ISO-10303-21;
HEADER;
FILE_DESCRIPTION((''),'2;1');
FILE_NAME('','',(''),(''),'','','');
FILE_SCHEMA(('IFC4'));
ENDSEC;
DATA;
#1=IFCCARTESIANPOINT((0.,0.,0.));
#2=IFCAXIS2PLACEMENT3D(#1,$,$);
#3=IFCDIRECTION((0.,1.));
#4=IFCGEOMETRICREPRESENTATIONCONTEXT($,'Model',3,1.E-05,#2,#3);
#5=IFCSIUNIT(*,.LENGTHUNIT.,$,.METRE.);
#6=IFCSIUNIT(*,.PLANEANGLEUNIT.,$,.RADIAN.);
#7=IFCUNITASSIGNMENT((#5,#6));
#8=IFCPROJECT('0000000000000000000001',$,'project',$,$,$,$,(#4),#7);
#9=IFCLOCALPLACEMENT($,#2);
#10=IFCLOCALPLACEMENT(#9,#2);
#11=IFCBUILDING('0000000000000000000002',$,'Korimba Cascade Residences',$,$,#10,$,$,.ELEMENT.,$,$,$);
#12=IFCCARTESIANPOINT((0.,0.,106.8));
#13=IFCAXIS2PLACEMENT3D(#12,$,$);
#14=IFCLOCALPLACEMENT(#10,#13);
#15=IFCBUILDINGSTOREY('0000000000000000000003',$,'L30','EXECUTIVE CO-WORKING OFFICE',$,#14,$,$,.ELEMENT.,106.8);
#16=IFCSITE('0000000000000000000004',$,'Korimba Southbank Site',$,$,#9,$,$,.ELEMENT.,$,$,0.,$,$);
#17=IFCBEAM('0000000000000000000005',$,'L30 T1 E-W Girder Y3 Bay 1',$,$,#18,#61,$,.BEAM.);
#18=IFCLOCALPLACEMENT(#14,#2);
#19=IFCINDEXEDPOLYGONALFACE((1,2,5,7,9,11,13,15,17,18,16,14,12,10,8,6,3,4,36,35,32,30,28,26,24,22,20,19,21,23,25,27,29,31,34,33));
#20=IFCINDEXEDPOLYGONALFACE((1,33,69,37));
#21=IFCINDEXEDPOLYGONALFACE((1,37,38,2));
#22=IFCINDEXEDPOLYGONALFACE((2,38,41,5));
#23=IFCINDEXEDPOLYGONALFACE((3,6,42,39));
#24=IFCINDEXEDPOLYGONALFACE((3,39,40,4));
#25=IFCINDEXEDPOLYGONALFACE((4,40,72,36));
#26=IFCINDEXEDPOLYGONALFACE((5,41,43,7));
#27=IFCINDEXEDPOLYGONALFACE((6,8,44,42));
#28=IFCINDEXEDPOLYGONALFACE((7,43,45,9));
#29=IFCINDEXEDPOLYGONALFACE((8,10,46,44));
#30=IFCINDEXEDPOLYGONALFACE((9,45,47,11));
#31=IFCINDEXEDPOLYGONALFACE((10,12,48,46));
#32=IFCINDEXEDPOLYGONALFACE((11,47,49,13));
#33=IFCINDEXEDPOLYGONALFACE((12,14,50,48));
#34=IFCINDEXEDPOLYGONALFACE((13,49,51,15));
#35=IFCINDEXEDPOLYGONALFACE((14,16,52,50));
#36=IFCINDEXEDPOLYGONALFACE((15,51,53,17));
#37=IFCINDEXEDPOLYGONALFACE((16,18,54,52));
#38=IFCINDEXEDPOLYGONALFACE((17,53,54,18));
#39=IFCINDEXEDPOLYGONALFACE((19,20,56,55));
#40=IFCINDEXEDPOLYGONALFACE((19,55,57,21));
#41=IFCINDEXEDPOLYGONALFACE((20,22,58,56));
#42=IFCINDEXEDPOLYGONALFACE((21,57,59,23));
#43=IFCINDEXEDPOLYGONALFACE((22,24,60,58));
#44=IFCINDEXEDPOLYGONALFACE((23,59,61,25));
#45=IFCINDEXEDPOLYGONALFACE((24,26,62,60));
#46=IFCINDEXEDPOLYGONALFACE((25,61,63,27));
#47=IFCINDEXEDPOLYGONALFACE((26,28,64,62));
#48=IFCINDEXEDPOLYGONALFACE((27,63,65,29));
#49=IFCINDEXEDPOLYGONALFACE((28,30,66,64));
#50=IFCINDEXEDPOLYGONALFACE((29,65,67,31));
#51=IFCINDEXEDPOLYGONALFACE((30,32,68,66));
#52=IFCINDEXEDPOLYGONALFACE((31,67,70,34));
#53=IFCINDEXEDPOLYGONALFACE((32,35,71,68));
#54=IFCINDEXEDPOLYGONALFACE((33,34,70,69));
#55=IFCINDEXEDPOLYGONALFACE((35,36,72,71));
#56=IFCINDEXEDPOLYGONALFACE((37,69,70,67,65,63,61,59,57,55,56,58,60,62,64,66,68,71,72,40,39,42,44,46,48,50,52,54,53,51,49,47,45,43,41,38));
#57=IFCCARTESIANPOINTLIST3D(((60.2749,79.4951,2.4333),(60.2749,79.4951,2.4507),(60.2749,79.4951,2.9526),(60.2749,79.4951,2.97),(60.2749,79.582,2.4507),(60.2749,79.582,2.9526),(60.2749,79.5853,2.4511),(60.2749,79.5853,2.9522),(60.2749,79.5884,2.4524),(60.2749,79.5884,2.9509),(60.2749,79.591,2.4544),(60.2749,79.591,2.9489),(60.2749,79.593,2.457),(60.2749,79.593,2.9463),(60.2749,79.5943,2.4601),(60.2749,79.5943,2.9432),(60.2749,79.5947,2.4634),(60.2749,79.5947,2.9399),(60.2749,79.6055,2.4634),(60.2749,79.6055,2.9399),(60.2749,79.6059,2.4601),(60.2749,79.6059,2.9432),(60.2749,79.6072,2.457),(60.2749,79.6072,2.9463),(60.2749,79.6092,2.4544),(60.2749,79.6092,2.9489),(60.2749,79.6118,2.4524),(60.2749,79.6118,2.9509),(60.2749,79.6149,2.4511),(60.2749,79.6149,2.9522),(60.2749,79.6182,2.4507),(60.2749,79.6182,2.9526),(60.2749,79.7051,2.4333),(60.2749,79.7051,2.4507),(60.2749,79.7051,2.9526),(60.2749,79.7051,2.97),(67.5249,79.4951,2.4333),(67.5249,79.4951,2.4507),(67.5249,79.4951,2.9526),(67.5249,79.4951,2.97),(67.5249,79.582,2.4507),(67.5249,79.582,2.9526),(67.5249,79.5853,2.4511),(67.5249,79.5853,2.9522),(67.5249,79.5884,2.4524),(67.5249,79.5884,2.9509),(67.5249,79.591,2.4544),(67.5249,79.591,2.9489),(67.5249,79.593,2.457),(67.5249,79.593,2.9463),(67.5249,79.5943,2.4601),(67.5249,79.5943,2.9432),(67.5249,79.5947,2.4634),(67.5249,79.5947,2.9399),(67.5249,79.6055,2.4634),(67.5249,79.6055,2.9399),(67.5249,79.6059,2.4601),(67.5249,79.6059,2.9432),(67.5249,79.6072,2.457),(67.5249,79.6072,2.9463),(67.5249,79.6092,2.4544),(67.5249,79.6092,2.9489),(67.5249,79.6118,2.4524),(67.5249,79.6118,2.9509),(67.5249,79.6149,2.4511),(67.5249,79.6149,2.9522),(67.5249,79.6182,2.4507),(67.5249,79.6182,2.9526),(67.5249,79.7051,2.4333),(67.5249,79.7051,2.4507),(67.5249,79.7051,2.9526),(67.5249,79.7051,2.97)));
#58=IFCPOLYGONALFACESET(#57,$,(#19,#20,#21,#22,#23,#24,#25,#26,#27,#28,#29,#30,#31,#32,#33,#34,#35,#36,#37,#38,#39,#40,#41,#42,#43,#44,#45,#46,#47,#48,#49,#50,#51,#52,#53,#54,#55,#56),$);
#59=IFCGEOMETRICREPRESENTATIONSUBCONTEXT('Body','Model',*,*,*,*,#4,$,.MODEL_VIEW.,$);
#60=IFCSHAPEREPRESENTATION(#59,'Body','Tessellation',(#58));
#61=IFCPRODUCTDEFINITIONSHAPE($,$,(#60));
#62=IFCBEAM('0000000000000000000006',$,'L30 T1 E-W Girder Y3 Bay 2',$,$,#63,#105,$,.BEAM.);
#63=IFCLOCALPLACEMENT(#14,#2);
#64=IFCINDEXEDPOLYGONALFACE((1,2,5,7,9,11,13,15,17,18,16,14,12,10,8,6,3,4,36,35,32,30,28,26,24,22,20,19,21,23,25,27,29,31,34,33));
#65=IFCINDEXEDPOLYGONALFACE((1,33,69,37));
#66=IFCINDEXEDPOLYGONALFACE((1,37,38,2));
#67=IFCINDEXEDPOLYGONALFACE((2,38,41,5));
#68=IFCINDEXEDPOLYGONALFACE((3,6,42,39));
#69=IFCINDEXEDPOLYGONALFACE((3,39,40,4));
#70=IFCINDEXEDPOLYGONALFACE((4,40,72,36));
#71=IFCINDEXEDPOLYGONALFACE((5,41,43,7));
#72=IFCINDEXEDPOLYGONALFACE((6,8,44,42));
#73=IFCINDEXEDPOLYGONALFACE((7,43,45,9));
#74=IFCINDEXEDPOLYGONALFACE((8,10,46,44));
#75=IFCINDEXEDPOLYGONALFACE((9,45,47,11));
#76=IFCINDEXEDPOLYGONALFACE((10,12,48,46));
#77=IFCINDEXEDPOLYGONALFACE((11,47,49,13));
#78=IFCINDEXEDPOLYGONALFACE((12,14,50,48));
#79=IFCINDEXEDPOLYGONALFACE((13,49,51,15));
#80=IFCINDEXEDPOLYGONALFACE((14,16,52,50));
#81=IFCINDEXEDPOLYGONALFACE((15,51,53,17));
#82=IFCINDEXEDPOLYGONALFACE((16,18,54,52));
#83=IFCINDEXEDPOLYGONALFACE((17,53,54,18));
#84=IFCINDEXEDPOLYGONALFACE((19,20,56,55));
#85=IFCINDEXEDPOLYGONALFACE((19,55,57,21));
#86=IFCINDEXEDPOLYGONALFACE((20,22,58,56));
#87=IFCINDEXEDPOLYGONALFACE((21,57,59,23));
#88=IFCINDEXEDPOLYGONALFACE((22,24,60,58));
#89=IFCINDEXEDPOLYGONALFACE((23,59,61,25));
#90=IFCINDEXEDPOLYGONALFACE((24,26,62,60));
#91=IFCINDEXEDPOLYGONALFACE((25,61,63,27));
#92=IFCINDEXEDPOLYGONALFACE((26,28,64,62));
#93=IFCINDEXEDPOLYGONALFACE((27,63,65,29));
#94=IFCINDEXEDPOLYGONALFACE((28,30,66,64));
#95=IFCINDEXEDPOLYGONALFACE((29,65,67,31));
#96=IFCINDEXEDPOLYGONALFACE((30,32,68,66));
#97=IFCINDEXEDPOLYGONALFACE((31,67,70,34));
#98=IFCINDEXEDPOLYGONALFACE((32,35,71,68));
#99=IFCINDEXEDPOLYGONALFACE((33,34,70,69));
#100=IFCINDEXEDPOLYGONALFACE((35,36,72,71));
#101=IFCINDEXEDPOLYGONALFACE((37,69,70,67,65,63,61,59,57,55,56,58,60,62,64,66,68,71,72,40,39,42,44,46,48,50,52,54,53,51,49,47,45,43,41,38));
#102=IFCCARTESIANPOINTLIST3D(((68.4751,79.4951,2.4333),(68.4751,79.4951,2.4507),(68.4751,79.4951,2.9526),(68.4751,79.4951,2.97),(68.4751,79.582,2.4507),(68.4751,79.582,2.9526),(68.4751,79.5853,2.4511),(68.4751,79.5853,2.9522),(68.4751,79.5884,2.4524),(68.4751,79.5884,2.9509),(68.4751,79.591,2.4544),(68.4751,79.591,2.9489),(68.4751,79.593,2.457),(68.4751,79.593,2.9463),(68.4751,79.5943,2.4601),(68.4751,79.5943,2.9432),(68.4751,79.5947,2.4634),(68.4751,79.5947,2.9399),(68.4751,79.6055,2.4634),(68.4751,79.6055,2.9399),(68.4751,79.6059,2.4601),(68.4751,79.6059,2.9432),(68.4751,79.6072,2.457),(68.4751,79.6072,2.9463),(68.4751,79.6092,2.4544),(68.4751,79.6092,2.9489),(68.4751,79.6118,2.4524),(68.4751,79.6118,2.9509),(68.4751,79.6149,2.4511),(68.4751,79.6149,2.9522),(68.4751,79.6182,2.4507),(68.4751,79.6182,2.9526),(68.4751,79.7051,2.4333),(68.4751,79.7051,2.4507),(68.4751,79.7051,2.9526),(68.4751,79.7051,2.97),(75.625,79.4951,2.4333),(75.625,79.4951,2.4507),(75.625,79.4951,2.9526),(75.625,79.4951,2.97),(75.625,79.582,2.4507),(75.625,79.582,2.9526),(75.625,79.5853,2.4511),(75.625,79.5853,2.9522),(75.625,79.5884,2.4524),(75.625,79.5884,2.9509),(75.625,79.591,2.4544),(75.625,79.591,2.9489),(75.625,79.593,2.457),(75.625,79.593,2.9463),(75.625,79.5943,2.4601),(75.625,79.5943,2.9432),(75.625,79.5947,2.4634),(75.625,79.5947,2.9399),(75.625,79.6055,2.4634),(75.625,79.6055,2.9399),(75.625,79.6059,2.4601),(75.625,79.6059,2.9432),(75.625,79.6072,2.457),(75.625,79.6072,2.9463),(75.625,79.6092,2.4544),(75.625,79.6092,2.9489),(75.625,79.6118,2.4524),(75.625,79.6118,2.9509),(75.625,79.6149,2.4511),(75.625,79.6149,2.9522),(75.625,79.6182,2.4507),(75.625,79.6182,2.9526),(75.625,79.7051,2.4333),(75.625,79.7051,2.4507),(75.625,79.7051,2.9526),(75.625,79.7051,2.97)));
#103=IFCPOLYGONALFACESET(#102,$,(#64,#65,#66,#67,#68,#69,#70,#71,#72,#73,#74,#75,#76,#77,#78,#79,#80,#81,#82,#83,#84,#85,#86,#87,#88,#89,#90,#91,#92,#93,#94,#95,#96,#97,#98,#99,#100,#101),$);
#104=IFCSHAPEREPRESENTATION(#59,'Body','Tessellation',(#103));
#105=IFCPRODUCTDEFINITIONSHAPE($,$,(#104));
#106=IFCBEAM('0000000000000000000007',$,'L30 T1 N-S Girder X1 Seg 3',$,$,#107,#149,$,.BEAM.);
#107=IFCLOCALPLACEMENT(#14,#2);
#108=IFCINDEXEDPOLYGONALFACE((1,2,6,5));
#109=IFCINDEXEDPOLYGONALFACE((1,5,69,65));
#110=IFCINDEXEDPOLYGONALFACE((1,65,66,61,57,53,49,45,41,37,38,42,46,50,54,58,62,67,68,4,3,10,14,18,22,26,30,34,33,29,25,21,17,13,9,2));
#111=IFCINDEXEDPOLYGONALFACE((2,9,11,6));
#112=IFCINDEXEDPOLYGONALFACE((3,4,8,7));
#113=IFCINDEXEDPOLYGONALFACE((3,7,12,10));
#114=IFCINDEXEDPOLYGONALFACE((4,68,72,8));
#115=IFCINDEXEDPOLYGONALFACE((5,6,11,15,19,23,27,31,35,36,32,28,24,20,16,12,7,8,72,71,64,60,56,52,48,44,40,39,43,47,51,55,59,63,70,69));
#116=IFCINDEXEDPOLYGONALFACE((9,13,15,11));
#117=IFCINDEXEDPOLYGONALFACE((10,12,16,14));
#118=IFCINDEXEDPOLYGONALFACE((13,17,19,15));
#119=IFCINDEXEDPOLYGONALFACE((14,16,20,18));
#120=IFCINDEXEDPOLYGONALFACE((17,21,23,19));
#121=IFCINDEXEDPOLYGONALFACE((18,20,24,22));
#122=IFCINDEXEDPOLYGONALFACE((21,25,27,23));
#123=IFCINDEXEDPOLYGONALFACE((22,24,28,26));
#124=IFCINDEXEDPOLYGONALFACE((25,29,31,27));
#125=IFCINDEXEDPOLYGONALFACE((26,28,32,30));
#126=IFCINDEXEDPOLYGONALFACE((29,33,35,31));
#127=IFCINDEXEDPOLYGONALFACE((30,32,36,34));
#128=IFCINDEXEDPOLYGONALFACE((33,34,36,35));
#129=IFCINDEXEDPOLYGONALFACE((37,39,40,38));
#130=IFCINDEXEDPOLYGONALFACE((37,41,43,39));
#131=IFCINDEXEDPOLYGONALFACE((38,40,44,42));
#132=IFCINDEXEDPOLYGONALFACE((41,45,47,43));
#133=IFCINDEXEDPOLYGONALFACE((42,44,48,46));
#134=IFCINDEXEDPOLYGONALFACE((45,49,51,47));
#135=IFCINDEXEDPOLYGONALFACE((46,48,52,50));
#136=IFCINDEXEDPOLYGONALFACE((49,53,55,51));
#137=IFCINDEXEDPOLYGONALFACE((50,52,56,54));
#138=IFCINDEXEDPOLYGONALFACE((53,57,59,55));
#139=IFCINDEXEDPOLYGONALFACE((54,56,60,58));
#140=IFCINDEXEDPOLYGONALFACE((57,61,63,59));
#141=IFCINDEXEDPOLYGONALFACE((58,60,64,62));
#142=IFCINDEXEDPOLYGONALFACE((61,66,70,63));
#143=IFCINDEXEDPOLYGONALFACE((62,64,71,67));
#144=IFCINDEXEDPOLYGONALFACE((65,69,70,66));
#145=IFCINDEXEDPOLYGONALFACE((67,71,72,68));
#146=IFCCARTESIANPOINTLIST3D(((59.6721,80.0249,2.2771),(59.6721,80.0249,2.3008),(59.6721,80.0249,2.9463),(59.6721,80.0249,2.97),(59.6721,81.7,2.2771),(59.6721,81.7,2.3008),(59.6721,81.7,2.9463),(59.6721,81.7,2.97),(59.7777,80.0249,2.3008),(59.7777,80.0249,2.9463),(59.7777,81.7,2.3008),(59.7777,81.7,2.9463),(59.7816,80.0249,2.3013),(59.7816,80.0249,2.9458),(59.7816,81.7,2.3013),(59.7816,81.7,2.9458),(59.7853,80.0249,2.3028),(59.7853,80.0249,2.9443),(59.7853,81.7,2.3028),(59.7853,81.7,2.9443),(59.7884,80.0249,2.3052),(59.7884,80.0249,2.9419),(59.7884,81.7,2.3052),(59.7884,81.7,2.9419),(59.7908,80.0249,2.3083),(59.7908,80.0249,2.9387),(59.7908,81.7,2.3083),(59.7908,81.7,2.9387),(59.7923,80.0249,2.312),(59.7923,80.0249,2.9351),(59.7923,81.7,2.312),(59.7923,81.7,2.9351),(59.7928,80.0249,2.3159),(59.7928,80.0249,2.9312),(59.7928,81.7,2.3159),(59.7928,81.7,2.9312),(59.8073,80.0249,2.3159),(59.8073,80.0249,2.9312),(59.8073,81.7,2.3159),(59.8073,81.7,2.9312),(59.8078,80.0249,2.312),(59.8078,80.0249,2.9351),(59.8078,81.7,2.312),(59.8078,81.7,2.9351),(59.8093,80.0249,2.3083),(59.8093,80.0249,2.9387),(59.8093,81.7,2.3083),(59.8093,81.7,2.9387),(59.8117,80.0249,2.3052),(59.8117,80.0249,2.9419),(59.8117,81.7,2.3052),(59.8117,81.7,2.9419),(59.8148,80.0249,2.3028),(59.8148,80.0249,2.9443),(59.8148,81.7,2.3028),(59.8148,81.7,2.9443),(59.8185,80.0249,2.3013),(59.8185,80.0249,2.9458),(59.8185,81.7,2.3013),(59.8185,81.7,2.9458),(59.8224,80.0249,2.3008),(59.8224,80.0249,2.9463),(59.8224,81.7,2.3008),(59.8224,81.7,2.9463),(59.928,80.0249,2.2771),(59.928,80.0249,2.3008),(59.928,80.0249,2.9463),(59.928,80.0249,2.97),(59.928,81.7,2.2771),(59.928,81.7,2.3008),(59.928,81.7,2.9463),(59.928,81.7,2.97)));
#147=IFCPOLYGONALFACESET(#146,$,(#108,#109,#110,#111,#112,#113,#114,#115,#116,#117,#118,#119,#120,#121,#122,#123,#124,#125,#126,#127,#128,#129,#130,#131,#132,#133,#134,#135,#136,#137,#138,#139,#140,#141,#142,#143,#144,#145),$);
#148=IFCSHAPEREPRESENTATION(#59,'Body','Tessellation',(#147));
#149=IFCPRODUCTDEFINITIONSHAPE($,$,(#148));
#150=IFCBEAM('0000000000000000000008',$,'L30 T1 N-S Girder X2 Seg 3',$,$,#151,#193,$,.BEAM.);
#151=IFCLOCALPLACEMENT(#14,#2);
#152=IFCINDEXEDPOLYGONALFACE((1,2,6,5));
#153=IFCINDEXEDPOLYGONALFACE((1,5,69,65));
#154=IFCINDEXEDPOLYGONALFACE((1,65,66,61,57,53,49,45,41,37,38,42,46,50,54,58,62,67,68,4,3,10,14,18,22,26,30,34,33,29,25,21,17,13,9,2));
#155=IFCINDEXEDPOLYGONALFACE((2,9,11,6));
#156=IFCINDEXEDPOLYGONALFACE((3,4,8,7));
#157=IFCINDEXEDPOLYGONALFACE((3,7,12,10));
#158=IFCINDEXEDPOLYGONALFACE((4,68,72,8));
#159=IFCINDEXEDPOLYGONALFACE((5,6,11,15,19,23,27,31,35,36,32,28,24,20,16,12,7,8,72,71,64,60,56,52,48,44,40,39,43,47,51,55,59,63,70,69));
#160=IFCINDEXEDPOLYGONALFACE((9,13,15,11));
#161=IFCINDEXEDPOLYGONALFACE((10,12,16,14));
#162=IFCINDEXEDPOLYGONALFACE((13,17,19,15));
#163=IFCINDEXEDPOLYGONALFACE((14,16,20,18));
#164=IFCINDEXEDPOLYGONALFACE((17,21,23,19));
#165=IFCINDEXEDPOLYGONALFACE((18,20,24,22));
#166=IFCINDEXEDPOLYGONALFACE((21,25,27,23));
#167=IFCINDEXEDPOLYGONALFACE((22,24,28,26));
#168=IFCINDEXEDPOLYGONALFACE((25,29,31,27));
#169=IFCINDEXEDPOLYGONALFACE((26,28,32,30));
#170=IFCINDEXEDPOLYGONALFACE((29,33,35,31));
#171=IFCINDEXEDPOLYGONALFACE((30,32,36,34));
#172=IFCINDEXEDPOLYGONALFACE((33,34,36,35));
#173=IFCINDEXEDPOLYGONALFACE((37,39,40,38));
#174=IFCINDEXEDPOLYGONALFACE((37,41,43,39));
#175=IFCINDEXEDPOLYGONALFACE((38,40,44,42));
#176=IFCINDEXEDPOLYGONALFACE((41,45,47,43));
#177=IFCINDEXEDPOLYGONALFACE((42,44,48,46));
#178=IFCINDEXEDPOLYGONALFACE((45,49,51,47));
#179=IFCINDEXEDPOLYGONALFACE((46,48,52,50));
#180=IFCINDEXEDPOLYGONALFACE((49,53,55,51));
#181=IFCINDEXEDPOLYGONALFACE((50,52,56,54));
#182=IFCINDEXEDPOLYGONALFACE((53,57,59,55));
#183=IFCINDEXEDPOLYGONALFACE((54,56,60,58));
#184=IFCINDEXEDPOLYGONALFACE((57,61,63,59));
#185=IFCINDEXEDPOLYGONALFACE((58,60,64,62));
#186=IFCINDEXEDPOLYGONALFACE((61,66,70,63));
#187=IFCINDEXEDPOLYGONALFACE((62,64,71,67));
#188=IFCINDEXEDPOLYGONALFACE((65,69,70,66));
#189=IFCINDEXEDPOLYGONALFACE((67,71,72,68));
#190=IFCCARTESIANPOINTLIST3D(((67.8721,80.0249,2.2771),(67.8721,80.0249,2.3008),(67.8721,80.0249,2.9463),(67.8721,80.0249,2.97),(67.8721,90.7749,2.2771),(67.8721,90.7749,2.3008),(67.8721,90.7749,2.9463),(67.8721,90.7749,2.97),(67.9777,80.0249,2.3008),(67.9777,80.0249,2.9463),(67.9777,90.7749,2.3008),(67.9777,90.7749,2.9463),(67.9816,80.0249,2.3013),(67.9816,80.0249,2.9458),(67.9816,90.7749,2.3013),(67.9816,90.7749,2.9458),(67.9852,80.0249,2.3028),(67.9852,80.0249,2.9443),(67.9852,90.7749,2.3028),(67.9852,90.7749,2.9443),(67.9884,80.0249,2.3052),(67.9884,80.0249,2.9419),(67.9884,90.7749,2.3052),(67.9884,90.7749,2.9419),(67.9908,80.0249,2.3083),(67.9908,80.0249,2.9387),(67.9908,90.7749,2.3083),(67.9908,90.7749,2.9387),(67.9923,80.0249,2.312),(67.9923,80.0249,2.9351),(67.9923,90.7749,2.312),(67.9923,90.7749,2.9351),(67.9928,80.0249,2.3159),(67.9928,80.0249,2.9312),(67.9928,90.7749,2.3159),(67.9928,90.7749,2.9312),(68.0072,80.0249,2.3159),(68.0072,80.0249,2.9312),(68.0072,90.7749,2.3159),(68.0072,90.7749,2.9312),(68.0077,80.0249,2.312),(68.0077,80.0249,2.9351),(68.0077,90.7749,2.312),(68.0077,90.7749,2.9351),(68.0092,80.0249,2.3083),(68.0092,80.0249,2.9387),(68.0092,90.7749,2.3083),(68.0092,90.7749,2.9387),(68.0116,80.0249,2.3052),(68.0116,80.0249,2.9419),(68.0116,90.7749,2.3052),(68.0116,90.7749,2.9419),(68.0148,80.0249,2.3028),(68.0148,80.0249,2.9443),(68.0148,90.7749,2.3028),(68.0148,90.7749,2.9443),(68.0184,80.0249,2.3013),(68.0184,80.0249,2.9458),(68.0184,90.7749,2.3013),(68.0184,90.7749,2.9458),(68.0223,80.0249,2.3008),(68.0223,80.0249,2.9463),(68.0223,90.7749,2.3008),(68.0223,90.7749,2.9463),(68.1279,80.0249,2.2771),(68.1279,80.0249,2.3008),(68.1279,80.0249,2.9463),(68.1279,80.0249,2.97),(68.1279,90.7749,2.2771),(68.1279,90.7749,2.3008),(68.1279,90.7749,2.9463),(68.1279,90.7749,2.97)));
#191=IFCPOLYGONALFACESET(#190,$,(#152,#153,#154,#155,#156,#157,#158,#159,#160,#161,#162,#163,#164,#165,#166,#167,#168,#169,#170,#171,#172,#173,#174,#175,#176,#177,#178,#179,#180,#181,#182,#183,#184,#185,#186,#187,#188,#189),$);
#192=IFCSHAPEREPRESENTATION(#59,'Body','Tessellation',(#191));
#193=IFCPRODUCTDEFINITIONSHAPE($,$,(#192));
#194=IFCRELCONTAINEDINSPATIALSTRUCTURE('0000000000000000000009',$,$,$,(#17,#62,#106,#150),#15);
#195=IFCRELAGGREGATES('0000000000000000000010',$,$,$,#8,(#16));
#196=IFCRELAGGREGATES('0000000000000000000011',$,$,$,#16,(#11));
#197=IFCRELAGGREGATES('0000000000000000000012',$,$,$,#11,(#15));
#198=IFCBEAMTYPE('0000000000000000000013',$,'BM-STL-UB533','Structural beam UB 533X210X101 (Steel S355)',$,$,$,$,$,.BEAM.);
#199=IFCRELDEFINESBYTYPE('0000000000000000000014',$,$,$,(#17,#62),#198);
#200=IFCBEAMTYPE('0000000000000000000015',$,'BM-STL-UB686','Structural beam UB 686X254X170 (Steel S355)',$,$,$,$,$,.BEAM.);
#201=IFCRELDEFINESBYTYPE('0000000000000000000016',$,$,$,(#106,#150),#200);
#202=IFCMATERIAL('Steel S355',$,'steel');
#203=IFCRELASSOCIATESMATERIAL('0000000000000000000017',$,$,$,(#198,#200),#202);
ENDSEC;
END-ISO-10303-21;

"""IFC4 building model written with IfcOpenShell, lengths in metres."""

from ifc_helpers import new_model, si_unit, direction, frame, origin, origin_2d, place, context, subcontext, project, spatial, i_section, extrude, material, material_profile, profile_set, type_object, element, save


model = new_model("IFC4")

# Units and contexts
model_context = context("Model", 3, precision=1e-05, world=origin(), true_north=direction((0.0, 1.0)))
body_context = subcontext(model_context, "Body", "Model", "MODEL_VIEW")
ifc_project = project(units=[si_unit("LENGTHUNIT", "METRE"), si_unit("PLANEANGLEUNIT", "RADIAN")], contexts=[model_context])

# Site, building, storey
site_placement = place(None, origin())
site = spatial("IfcSite", under=ifc_project, at=site_placement, Name="Korimba Southbank Site", CompositionType="ELEMENT", RefElevation=0.0)
building_placement = place(site_placement, origin())
building = spatial("IfcBuilding", under=site, at=building_placement, Name="Korimba Cascade Residences", CompositionType="ELEMENT")
storey_placement = place(building_placement, frame((0.0, 0.0, 106.8)))
storey = spatial("IfcBuildingStorey", under=building, at=storey_placement, Name="L30", Description="EXECUTIVE CO-WORKING OFFICE", CompositionType="ELEMENT", Elevation=106.8)

# Beams
ifc_material_1 = material(Name="Steel S355", Category="steel")
ifc_material_profile_1 = material_profile(ifc_material_1, i_section(OverallWidth=0.21, OverallDepth=0.5366, WebThickness=0.0107, FlangeThickness=0.0173, FilletRadius=0.0127, at=origin_2d()), Name="Steel S355")
ifc_profile_set_1 = profile_set([ifc_material_profile_1], Name="Steel S355")
beam_type_1 = type_object("IfcBeamType", Name="BM-STL-UB533", Description="Structural beam UB 533X210X101 (Steel S355)", PredefinedType="BEAM", material=ifc_profile_set_1)
beam_1_placement = place(storey_placement, frame((60.2749, 79.6001, 2.7017), z_axis=(1.0, 0.0, 0.0), x_axis=(0.0, 1.0, 0.0)))
element("IfcBeam", 1, at=beam_1_placement, inside=storey, type_object=beam_type_1, Name="L30 T1 E-W Girder Y3 Bay 1", PredefinedType="BEAM", context=body_context, shape_type="SweptSolid", body=[
    extrude(i_section(OverallWidth=0.21, OverallDepth=0.5366, WebThickness=0.0107, FlangeThickness=0.0173, FilletRadius=0.0127, at=origin_2d()), origin(), (0.0, 0.0, 1.0), 7.25),
])
beam_2_placement = place(storey_placement, frame((68.4751, 79.6001, 2.7017), z_axis=(1.0, 0.0, 0.0), x_axis=(0.0, 1.0, 0.0)))
element("IfcBeam", 2, at=beam_2_placement, inside=storey, type_object=beam_type_1, Name="L30 T1 E-W Girder Y3 Bay 2", PredefinedType="BEAM", context=body_context, shape_type="SweptSolid", body=[
    extrude(i_section(OverallWidth=0.21, OverallDepth=0.5366, WebThickness=0.0107, FlangeThickness=0.0173, FilletRadius=0.0127, at=origin_2d()), origin(), (0.0, 0.0, 1.0), 7.1499),
])
ifc_material_profile_2 = material_profile(ifc_material_1, i_section(OverallWidth=0.2559, OverallDepth=0.6929, WebThickness=0.0144, FlangeThickness=0.0237, FilletRadius=0.0151, at=origin_2d()), Name="Steel S355")
ifc_profile_set_2 = profile_set([ifc_material_profile_2], Name="Steel S355")
beam_type_2 = type_object("IfcBeamType", Name="BM-STL-UB686", Description="Structural beam UB 686X254X170 (Steel S355)", PredefinedType="BEAM", material=ifc_profile_set_2)
beam_3_placement = place(storey_placement, frame((59.8, 80.0249, 2.6235), z_axis=(0.0, 1.0, 0.0), x_axis=(-1.0, 0.0, 0.0)))
element("IfcBeam", 3, at=beam_3_placement, inside=storey, type_object=beam_type_2, Name="L30 T1 N-S Girder X1 Seg 3", PredefinedType="BEAM", context=body_context, shape_type="SweptSolid", body=[
    extrude(i_section(OverallWidth=0.2559, OverallDepth=0.6929, WebThickness=0.0144, FlangeThickness=0.0237, FilletRadius=0.0151, at=origin_2d()), origin(), (0.0, 0.0, 1.0), 1.675),
])
for number, where, z_axis, x_axis, name in (
    (4, (68.0, 80.0249, 2.6235), (0.0, 1.0, 0.0), (-1.0, 0.0, 0.0), "L30 T1 N-S Girder X2 Seg 3"),
):
    element("IfcBeam", number, at=place(storey_placement, frame(where, z_axis=z_axis, x_axis=x_axis)), inside=storey, type_object=beam_type_2, Name=name, PredefinedType="BEAM", context=body_context, shape_type="SweptSolid", body=[
        extrude(i_section(OverallWidth=0.2559, OverallDepth=0.6929, WebThickness=0.0144, FlangeThickness=0.0237, FilletRadius=0.0151, at=origin_2d()), origin(), (0.0, 0.0, 1.0), 10.75),
    ])

save(model, "model.ifc")
